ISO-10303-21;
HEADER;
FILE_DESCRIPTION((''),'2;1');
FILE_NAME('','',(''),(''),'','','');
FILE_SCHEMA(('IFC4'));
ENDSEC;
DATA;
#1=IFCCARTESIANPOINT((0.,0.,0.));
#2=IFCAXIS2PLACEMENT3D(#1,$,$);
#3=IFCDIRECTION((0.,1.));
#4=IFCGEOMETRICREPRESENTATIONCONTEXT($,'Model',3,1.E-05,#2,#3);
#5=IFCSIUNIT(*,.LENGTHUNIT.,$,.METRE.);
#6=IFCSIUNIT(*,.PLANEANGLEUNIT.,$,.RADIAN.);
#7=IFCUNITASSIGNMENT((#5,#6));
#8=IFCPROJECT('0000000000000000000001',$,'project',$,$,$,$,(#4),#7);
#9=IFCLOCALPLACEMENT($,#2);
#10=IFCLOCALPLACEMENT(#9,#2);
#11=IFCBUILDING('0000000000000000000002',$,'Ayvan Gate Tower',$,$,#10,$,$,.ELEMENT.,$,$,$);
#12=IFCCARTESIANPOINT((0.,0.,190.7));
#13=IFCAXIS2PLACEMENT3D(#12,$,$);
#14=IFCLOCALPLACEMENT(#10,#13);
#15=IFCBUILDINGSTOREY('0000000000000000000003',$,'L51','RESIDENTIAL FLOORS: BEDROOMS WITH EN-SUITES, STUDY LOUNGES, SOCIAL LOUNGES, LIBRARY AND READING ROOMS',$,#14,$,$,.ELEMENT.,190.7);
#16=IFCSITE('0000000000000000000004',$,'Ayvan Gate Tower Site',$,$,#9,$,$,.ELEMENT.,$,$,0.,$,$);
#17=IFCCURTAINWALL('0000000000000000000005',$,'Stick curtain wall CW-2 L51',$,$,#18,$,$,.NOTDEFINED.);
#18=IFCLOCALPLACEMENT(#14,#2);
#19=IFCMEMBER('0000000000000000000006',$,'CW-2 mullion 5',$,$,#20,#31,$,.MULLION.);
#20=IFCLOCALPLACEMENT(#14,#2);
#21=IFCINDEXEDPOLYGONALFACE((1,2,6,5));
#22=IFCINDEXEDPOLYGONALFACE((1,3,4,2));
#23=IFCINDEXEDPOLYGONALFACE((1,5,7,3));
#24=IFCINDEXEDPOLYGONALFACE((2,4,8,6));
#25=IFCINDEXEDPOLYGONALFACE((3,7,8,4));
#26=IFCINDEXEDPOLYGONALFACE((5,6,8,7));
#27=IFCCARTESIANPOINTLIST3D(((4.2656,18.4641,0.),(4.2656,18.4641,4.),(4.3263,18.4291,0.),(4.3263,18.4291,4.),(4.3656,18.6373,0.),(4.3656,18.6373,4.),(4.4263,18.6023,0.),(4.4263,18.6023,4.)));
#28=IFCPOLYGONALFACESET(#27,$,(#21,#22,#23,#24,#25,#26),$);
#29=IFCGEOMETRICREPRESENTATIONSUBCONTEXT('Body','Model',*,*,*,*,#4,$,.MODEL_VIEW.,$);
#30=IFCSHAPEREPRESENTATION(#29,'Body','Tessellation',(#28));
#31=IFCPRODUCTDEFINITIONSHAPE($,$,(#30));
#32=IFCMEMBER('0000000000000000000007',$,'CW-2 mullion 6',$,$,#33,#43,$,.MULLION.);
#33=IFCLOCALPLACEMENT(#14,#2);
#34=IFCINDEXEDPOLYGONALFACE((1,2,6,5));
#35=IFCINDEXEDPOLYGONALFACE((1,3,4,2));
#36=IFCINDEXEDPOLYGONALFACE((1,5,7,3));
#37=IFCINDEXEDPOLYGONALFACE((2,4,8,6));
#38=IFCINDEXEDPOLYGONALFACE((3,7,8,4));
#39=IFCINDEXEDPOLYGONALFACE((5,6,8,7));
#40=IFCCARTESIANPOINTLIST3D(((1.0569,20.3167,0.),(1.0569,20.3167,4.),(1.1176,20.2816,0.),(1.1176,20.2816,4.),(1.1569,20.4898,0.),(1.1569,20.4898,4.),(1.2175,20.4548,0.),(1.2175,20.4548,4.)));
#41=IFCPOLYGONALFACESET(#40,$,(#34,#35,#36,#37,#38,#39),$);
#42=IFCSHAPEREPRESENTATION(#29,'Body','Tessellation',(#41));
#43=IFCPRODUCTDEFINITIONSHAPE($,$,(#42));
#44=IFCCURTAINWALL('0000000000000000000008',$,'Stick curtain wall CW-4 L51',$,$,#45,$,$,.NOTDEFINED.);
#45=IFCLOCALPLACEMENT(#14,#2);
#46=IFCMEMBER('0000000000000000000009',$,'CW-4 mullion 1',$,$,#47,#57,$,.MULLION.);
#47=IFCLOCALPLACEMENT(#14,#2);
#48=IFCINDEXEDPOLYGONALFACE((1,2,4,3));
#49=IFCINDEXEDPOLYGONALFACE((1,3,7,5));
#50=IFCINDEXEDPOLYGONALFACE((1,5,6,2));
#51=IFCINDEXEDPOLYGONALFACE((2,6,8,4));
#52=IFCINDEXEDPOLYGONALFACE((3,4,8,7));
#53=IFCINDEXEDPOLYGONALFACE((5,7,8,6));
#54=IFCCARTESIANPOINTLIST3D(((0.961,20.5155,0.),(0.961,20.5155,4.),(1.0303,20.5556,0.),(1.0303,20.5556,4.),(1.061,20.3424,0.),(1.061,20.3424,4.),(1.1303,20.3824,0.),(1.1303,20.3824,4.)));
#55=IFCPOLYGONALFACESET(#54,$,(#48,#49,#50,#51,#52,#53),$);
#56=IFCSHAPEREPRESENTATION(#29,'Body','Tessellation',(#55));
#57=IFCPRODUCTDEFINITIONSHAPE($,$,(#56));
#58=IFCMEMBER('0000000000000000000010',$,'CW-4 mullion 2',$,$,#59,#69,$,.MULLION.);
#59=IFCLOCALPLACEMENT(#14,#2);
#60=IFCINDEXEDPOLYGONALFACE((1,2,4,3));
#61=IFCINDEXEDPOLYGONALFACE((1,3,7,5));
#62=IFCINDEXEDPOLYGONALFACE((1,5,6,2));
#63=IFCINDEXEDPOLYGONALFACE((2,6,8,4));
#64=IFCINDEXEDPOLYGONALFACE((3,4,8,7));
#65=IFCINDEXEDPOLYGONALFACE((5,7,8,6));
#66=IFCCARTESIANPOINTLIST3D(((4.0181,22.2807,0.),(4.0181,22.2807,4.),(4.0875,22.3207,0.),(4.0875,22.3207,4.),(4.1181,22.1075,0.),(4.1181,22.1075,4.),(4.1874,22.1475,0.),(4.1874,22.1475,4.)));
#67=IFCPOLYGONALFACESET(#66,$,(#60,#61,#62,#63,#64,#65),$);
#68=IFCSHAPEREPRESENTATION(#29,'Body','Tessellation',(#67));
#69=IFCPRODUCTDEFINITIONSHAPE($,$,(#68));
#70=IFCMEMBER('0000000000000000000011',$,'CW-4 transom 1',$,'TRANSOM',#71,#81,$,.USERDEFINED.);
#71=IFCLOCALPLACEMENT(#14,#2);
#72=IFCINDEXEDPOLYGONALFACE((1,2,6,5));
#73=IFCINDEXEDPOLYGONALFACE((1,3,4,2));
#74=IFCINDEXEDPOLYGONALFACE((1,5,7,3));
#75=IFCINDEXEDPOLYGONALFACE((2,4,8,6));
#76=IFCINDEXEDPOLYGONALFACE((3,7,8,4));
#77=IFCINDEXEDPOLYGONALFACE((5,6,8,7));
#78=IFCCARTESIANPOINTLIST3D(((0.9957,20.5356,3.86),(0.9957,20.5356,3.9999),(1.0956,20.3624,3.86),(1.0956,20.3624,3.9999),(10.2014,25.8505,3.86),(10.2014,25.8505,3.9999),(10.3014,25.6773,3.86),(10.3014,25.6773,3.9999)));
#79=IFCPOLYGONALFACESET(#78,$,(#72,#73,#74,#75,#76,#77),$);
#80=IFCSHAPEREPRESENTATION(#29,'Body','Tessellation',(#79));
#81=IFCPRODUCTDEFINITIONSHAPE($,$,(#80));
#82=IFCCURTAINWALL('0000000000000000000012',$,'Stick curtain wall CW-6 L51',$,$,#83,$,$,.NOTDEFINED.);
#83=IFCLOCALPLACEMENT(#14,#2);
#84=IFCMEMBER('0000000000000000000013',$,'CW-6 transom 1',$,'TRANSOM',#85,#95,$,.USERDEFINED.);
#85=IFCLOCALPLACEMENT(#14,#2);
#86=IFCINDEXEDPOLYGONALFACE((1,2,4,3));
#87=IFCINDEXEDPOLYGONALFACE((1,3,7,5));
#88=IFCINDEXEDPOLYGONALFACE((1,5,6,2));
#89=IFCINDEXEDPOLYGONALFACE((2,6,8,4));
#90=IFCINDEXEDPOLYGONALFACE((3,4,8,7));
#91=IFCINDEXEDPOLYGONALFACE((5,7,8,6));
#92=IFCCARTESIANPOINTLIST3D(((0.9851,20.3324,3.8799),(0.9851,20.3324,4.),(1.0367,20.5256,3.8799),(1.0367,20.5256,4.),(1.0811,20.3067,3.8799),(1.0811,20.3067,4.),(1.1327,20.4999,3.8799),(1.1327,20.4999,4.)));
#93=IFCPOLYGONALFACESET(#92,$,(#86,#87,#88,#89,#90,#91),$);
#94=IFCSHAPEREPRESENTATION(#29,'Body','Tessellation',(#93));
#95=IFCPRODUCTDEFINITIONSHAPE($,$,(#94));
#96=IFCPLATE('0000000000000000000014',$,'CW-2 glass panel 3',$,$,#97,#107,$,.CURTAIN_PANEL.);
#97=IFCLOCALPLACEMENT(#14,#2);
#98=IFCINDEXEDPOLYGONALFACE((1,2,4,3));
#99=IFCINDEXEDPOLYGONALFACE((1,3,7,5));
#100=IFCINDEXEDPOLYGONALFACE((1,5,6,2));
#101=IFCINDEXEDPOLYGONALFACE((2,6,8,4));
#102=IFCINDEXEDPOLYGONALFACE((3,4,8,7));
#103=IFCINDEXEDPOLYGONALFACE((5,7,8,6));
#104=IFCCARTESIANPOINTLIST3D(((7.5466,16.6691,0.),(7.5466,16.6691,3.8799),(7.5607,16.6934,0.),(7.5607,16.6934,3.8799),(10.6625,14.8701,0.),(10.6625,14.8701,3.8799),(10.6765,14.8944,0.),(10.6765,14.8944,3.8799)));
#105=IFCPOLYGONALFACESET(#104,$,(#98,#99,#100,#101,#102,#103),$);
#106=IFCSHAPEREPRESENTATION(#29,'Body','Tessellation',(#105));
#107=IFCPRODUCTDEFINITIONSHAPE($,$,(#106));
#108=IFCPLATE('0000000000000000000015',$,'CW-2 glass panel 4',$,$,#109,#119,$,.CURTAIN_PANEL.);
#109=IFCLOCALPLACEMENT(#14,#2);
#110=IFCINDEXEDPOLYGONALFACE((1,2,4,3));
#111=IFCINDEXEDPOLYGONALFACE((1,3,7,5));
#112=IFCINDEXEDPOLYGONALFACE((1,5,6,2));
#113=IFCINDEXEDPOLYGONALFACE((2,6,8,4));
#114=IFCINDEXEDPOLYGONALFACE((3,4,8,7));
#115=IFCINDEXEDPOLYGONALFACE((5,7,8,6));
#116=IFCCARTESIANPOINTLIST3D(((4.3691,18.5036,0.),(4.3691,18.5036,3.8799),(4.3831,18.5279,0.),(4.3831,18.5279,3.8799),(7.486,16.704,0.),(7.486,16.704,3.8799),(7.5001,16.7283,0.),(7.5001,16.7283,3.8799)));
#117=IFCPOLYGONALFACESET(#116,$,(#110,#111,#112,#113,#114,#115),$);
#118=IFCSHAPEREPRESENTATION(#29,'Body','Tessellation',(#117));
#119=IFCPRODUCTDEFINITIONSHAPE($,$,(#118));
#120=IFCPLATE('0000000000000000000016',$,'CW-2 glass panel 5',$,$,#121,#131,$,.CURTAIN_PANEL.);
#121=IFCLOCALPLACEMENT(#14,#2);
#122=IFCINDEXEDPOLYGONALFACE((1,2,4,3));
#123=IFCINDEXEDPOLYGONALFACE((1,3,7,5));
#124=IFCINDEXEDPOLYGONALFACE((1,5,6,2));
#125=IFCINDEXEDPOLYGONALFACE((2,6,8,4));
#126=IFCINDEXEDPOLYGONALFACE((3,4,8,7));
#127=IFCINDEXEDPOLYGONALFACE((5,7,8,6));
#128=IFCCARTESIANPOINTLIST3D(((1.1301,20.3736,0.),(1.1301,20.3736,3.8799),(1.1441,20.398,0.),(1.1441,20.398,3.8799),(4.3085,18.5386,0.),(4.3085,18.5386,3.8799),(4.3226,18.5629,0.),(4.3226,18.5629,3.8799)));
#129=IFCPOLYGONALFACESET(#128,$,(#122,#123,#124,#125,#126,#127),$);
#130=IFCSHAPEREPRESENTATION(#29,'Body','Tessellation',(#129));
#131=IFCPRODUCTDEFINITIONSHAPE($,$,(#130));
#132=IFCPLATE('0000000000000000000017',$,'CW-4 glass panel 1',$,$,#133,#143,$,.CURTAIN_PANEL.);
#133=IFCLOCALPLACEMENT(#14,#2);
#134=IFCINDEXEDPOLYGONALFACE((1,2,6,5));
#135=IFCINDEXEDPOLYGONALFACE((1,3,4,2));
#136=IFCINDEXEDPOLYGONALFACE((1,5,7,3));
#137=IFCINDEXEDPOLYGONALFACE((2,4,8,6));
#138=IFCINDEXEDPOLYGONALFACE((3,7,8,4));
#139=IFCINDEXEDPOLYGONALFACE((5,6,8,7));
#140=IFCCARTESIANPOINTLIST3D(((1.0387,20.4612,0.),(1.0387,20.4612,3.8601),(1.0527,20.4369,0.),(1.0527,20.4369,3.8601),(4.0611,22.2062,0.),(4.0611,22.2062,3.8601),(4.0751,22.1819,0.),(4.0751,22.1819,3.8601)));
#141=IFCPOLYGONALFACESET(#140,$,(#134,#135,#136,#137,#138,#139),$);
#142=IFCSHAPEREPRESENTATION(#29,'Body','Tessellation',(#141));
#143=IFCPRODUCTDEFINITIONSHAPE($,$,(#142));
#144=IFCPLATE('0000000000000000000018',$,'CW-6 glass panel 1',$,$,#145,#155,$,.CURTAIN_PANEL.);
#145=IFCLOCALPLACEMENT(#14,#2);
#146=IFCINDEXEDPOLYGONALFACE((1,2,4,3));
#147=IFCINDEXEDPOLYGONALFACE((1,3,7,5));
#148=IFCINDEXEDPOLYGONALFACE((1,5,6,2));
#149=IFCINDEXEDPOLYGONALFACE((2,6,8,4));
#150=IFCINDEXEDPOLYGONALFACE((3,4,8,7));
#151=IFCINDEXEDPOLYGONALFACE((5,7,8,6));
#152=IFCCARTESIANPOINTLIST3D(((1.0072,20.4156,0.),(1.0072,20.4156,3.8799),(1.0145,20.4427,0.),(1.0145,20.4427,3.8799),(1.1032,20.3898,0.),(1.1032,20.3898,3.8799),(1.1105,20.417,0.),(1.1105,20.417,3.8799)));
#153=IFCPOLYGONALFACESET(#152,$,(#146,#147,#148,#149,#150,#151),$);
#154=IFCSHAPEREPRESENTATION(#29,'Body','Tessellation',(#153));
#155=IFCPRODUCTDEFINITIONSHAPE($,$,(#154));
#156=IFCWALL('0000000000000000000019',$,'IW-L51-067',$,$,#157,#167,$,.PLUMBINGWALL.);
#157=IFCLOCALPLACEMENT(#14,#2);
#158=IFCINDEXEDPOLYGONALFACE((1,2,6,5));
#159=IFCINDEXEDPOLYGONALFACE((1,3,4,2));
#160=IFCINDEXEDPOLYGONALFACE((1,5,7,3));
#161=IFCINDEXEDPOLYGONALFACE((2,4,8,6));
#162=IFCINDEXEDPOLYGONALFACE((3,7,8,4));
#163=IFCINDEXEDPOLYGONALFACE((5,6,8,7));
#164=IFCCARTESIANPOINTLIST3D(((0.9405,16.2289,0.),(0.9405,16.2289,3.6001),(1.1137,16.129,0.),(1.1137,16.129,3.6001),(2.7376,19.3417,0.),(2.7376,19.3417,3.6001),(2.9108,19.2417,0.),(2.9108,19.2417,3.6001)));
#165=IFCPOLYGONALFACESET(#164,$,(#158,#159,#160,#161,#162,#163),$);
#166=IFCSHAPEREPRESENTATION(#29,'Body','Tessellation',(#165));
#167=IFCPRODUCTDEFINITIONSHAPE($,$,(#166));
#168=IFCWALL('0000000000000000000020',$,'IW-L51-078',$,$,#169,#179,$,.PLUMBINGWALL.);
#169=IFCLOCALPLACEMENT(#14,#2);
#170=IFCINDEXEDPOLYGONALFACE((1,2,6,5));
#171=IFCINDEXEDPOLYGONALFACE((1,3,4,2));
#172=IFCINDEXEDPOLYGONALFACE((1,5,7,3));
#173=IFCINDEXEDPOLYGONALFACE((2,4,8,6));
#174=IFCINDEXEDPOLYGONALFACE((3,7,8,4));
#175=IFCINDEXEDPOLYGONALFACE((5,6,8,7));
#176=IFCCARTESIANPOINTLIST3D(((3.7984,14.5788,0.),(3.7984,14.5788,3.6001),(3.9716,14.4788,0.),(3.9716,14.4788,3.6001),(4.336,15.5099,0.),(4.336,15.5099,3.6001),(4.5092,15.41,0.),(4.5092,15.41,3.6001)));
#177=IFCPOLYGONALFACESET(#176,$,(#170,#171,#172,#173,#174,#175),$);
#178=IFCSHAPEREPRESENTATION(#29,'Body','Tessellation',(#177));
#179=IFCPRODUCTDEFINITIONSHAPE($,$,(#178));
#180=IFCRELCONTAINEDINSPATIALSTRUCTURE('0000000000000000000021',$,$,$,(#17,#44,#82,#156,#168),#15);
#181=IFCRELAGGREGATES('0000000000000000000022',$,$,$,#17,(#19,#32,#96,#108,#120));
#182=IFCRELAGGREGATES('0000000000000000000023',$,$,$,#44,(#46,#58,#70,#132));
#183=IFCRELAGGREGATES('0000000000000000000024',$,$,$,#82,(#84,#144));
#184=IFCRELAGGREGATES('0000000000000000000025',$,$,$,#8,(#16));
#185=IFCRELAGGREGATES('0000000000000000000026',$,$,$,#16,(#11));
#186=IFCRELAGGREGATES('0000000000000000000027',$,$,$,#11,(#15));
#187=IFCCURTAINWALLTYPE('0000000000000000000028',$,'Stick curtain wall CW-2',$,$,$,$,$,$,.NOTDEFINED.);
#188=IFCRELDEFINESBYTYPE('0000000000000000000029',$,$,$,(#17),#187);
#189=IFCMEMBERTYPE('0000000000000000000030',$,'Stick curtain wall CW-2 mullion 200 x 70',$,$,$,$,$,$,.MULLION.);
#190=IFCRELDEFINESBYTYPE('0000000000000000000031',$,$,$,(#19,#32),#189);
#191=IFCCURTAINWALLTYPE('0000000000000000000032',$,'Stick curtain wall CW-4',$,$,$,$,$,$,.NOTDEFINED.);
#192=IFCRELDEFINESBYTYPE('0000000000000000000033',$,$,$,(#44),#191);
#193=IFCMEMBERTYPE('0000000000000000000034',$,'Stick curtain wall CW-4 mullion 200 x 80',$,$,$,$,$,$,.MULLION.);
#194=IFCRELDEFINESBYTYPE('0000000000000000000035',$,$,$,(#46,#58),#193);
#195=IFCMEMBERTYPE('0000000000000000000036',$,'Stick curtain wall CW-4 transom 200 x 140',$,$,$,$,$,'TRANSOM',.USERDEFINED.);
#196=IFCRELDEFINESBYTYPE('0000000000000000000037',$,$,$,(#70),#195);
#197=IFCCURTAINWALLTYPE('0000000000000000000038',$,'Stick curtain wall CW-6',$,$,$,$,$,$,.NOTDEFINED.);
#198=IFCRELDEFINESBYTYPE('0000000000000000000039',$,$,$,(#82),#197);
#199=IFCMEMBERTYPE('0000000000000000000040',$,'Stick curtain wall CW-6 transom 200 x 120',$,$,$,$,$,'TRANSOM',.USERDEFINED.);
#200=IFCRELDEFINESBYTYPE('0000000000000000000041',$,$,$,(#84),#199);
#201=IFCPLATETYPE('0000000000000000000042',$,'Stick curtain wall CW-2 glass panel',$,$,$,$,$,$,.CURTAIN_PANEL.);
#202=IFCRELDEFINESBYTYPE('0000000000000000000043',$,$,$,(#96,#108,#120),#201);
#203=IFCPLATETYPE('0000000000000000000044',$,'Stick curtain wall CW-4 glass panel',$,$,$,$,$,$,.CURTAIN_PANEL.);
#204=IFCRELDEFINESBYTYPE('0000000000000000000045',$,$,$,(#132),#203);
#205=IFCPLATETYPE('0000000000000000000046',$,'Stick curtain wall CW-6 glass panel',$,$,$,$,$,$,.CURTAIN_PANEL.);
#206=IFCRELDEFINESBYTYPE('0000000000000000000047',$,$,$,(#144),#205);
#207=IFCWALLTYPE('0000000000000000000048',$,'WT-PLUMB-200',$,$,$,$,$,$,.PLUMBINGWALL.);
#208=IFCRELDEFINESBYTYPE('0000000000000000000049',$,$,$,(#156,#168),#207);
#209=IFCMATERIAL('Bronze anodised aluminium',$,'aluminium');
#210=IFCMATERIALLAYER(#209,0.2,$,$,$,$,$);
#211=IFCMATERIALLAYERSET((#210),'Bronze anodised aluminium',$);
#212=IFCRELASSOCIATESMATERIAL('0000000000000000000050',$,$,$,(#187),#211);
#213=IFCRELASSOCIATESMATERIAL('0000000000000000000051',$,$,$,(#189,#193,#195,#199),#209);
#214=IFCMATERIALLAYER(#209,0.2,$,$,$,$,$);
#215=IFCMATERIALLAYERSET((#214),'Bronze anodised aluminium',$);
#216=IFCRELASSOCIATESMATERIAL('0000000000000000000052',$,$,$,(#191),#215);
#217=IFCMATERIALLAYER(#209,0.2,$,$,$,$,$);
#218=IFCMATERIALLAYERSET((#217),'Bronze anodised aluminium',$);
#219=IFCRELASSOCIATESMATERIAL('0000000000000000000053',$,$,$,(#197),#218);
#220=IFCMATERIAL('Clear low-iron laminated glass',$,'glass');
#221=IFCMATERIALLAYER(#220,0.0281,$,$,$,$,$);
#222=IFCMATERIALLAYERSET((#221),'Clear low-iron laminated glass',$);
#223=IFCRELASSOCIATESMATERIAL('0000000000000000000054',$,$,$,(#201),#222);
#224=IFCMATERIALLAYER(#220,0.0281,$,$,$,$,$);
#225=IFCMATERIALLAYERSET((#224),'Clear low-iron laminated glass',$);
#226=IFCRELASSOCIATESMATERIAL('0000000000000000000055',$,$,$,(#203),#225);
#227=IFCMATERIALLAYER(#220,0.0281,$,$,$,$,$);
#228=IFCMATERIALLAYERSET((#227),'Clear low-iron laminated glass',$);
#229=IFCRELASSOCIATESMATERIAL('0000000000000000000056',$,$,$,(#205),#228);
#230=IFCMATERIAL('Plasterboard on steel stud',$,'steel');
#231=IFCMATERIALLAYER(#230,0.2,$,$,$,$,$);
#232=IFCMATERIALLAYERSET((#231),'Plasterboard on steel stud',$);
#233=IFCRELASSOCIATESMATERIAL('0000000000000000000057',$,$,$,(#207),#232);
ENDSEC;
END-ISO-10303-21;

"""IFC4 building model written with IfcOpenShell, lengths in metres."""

from ifc_helpers import new_model, si_unit, direction, frame, frame_2d, origin, origin_2d, place, context, subcontext, project, spatial, rectangle, extrude, material, layer, layer_set, material_profile, profile_set, type_object, element, aggregate, save


model = new_model("IFC4")

# Units and contexts
model_context = context("Model", 3, precision=1e-05, world=origin(), true_north=direction((0.0, 1.0)))
body_context = subcontext(model_context, "Body", "Model", "MODEL_VIEW")
ifc_project = project(units=[si_unit("LENGTHUNIT", "METRE"), si_unit("PLANEANGLEUNIT", "RADIAN")], contexts=[model_context])

# Site, building, storey
site_placement = place(None, origin())
site = spatial("IfcSite", under=ifc_project, at=site_placement, Name="Ayvan Gate Tower Site", CompositionType="ELEMENT", RefElevation=0.0)
building_placement = place(site_placement, origin())
building = spatial("IfcBuilding", under=site, at=building_placement, Name="Ayvan Gate Tower", CompositionType="ELEMENT")
storey_placement = place(building_placement, frame((0.0, 0.0, 190.7)))
storey = spatial("IfcBuildingStorey", under=building, at=storey_placement, Name="L51", Description="RESIDENTIAL FLOORS: BEDROOMS WITH EN-SUITES, STUDY LOUNGES, SOCIAL LOUNGES, LIBRARY AND READING ROOMS", CompositionType="ELEMENT", Elevation=190.7)

# Curtain walls, members
ifc_material_1 = material(Name="Bronze anodised aluminium", Category="aluminium")
ifc_layer_1 = layer(ifc_material_1, 0.2)
ifc_layer_set_1 = layer_set([ifc_layer_1], Name="Bronze anodised aluminium")
curtain_wall_type_1 = type_object("IfcCurtainWallType", Name="Stick curtain wall CW-2", PredefinedType="NOTDEFINED", material=ifc_layer_set_1)
curtain_wall_1_placement = place(storey_placement, origin())
curtain_wall_1 = element("IfcCurtainWall", 1, at=curtain_wall_1_placement, inside=storey, type_object=curtain_wall_type_1, Name="Stick curtain wall CW-2 L51", PredefinedType="NOTDEFINED")
ifc_material_profile_1 = material_profile(ifc_material_1, rectangle(XDim=0.2, YDim=0.0701, at=origin_2d()), Name="Stick curtain wall CW-2 mullion 200 x 70")
ifc_profile_set_1 = profile_set([ifc_material_profile_1], Name="Bronze anodised aluminium")
member_type_1 = type_object("IfcMemberType", Name="Stick curtain wall CW-2 mullion 200 x 70", PredefinedType="MULLION", material=ifc_profile_set_1)
member_1_placement = place(storey_placement, frame((4.3459, 18.5332, 0.0), z_axis=(0.0, 0.0, 1.0), x_axis=(0.5, 0.866025, 0.0)))
member_1 = element("IfcMember", 2, at=member_1_placement, type_object=member_type_1, Name="CW-2 mullion 5", PredefinedType="MULLION", context=body_context, shape_type="SweptSolid", body=[
    extrude(rectangle(XDim=0.2, YDim=0.0701, at=origin_2d()), origin(), (0.0, 0.0, 1.0), 4.0),
])
member_2_placement = place(storey_placement, frame((1.1372, 20.3857, 0.0), z_axis=(0.0, 0.0, 1.0), x_axis=(0.5, 0.866025, 0.0)))
member_2 = element("IfcMember", 3, at=member_2_placement, type_object=member_type_1, Name="CW-2 mullion 6", PredefinedType="MULLION", context=body_context, shape_type="SweptSolid", body=[
    extrude(rectangle(XDim=0.2, YDim=0.0701, at=origin_2d()), origin(), (0.0, 0.0, 1.0), 4.0),
])
ifc_layer_2 = layer(ifc_material_1, 0.2)
ifc_layer_set_2 = layer_set([ifc_layer_2], Name="Bronze anodised aluminium")
curtain_wall_type_2 = type_object("IfcCurtainWallType", Name="Stick curtain wall CW-4", PredefinedType="NOTDEFINED", material=ifc_layer_set_2)
curtain_wall_2_placement = place(storey_placement, origin())
curtain_wall_2 = element("IfcCurtainWall", 4, at=curtain_wall_2_placement, inside=storey, type_object=curtain_wall_type_2, Name="Stick curtain wall CW-4 L51", PredefinedType="NOTDEFINED")
ifc_material_profile_2 = material_profile(ifc_material_1, rectangle(XDim=0.2, YDim=0.0801, at=origin_2d()), Name="Stick curtain wall CW-4 mullion 200 x 80")
ifc_profile_set_2 = profile_set([ifc_material_profile_2], Name="Bronze anodised aluminium")
member_type_2 = type_object("IfcMemberType", Name="Stick curtain wall CW-4 mullion 200 x 80", PredefinedType="MULLION", material=ifc_profile_set_2)
member_3_placement = place(storey_placement, frame((1.0457, 20.449, 0.0), z_axis=(0.0, 0.0, 1.0), x_axis=(0.5, -0.866025, 0.0)))
member_3 = element("IfcMember", 5, at=member_3_placement, type_object=member_type_2, Name="CW-4 mullion 1", PredefinedType="MULLION", context=body_context, shape_type="SweptSolid", body=[
    extrude(rectangle(XDim=0.2, YDim=0.0801, at=origin_2d()), origin(), (0.0, 0.0, 1.0), 4.0),
])
member_4_placement = place(storey_placement, frame((4.1028, 22.2141, 0.0), z_axis=(0.0, 0.0, 1.0), x_axis=(0.5, -0.866025, 0.0)))
member_4 = element("IfcMember", 6, at=member_4_placement, type_object=member_type_2, Name="CW-4 mullion 2", PredefinedType="MULLION", context=body_context, shape_type="SweptSolid", body=[
    extrude(rectangle(XDim=0.2, YDim=0.0801, at=origin_2d()), origin(), (0.0, 0.0, 1.0), 4.0),
])
ifc_material_profile_3 = material_profile(ifc_material_1, rectangle(XDim=0.2, YDim=0.1399, at=origin_2d()), Name="Stick curtain wall CW-4 transom 200 x 140")
ifc_profile_set_3 = profile_set([ifc_material_profile_3], Name="Bronze anodised aluminium")
member_type_3 = type_object("IfcMemberType", Name="Stick curtain wall CW-4 transom 200 x 140", ElementType="TRANSOM", PredefinedType="USERDEFINED", material=ifc_profile_set_3)
member_5_placement = place(storey_placement, frame((1.0457, 20.449, 3.9299), z_axis=(0.866027, 0.499997, 0.0), x_axis=(-0.499997, 0.866027, 0.0)))
member_5 = element("IfcMember", 7, at=member_5_placement, type_object=member_type_3, Name="CW-4 transom 1", ObjectType="TRANSOM", PredefinedType="USERDEFINED", context=body_context, shape_type="SweptSolid", body=[
    extrude(rectangle(XDim=0.2, YDim=0.1399, at=origin_2d()), origin(), (0.0, 0.0, 1.0), 10.6299),
])

# Curtain wall, member
ifc_layer_3 = layer(ifc_material_1, 0.2)
ifc_layer_set_3 = layer_set([ifc_layer_3], Name="Bronze anodised aluminium")
curtain_wall_type_3 = type_object("IfcCurtainWallType", Name="Stick curtain wall CW-6", PredefinedType="NOTDEFINED", material=ifc_layer_set_3)
curtain_wall_3_placement = place(storey_placement, origin())
curtain_wall_3 = element("IfcCurtainWall", 8, at=curtain_wall_3_placement, inside=storey, type_object=curtain_wall_type_3, Name="Stick curtain wall CW-6 L51", PredefinedType="NOTDEFINED")
ifc_material_profile_4 = material_profile(ifc_material_1, rectangle(XDim=0.2, YDim=0.1201, at=origin_2d()), Name="Stick curtain wall CW-6 transom 200 x 120")
ifc_profile_set_4 = profile_set([ifc_material_profile_4], Name="Bronze anodised aluminium")
member_type_4 = type_object("IfcMemberType", Name="Stick curtain wall CW-6 transom 200 x 120", ElementType="TRANSOM", PredefinedType="USERDEFINED", material=ifc_profile_set_4)
member_6_placement = place(storey_placement, frame((1.1069, 20.4033, 3.9399), z_axis=(-0.966112, 0.258122, 0.0), x_axis=(-0.258122, -0.966112, 0.0)))
member_6 = element("IfcMember", 9, at=member_6_placement, type_object=member_type_4, Name="CW-6 transom 1", ObjectType="TRANSOM", PredefinedType="USERDEFINED", context=body_context, shape_type="SweptSolid", body=[
    extrude(rectangle(XDim=0.2, YDim=0.1201, at=origin_2d()), origin(), (0.0, 0.0, 1.0), 0.0994),
])

# Plates
ifc_material_2 = material(Name="Clear low-iron laminated glass", Category="glass")
ifc_layer_4 = layer(ifc_material_2, 0.0281)
ifc_layer_set_4 = layer_set([ifc_layer_4], Name="Clear low-iron laminated glass")
plate_type_1 = type_object("IfcPlateType", Name="Stick curtain wall CW-2 glass panel", PredefinedType="CURTAIN_PANEL", material=ifc_layer_set_4)
plate_1_placement = place(storey_placement, frame((9.1116, 15.7817, 0.0), z_axis=(0.0, 0.0, 1.0), x_axis=(-0.866025, 0.5, 0.0)))
plate_1 = element("IfcPlate", 10, at=plate_1_placement, type_object=plate_type_1, Name="CW-2 glass panel 3", PredefinedType="CURTAIN_PANEL", context=body_context, shape_type="SweptSolid", body=[
    extrude(rectangle(XDim=3.5979, YDim=0.0281, at=origin_2d()), origin(), (0.0, 0.0, 1.0), 3.8799),
])
plate_2_placement = place(storey_placement, frame((5.9346, 17.616, 0.0), z_axis=(0.0, 0.0, 1.0), x_axis=(-0.866025, 0.5, 0.0)))
plate_2 = element("IfcPlate", 11, at=plate_2_placement, type_object=plate_type_1, Name="CW-2 glass panel 4", PredefinedType="CURTAIN_PANEL", context=body_context, shape_type="SweptSolid", body=[
    extrude(rectangle(XDim=3.5991, YDim=0.0281, at=origin_2d()), origin(), (0.0, 0.0, 1.0), 3.8799),
])
plate_3_placement = place(storey_placement, frame((2.7263, 19.4683, 0.0), z_axis=(0.0, 0.0, 1.0), x_axis=(-0.866025, 0.5, 0.0)))
plate_3 = element("IfcPlate", 12, at=plate_3_placement, type_object=plate_type_1, Name="CW-2 glass panel 5", PredefinedType="CURTAIN_PANEL", context=body_context, shape_type="SweptSolid", body=[
    extrude(rectangle(XDim=3.6702, YDim=0.0281, at=origin_2d()), origin(), (0.0, 0.0, 1.0), 3.8799),
])
aggregate(curtain_wall_1, [member_1, member_2, plate_1, plate_2, plate_3])
ifc_layer_5 = layer(ifc_material_2, 0.0281)
ifc_layer_set_5 = layer_set([ifc_layer_5], Name="Clear low-iron laminated glass")
plate_type_2 = type_object("IfcPlateType", Name="Stick curtain wall CW-4 glass panel", PredefinedType="CURTAIN_PANEL", material=ifc_layer_set_5)
plate_4_placement = place(storey_placement, frame((2.5569, 21.3215, 0.0), z_axis=(0.0, 0.0, 1.0), x_axis=(0.866025, 0.5, 0.0)))
plate_4 = element("IfcPlate", 13, at=plate_4_placement, type_object=plate_type_2, Name="CW-4 glass panel 1", PredefinedType="CURTAIN_PANEL", context=body_context, shape_type="SweptSolid", body=[
    extrude(rectangle(XDim=3.49, YDim=0.0281, at=origin_2d()), origin(), (0.0, 0.0, 1.0), 3.8601),
])
aggregate(curtain_wall_2, [member_3, member_4, member_5, plate_4])
ifc_layer_6 = layer(ifc_material_2, 0.0281)
ifc_layer_set_6 = layer_set([ifc_layer_6], Name="Clear low-iron laminated glass")
plate_type_3 = type_object("IfcPlateType", Name="Stick curtain wall CW-6 glass panel", PredefinedType="CURTAIN_PANEL", material=ifc_layer_set_6)
plate_5_placement = place(storey_placement, frame((1.0588, 20.4163, 0.0), z_axis=(0.0, 0.0, 1.0), x_axis=(-0.965926, 0.258819, 0.0)))
plate_5 = element("IfcPlate", 14, at=plate_5_placement, type_object=plate_type_3, Name="CW-6 glass panel 1", PredefinedType="CURTAIN_PANEL", context=body_context, shape_type="SweptSolid", body=[
    extrude(rectangle(XDim=0.0994, YDim=0.0281, at=origin_2d()), origin(), (0.0, 0.0, 1.0), 3.8799),
])
aggregate(curtain_wall_3, [member_6, plate_5])

# Walls
ifc_material_3 = material(Name="Plasterboard on steel stud", Category="steel")
ifc_layer_7 = layer(ifc_material_3, 0.2)
ifc_layer_set_7 = layer_set([ifc_layer_7], Name="Plasterboard on steel stud")
wall_type_1 = type_object("IfcWallType", Name="WT-PLUMB-200", PredefinedType="PLUMBINGWALL", material=ifc_layer_set_7)
wall_1_placement = place(storey_placement, frame((1.0271, 16.179, 0.0), z_axis=(0.0, 0.0, 1.0), x_axis=(0.499989, 0.866032, 0.0)))
element("IfcWall", 15, at=wall_1_placement, inside=storey, type_object=wall_type_1, Name="IW-L51-067", PredefinedType="PLUMBINGWALL", context=body_context, shape_type="SweptSolid", body=[
    extrude(rectangle(XDim=3.5942, YDim=0.2, at=frame_2d((1.7971, 0.0))), origin(), (0.0, 0.0, 1.0), 3.6001),
])
wall_2_placement = place(storey_placement, frame((3.885, 14.5288, 0.0), z_axis=(0.0, 0.0, 1.0), x_axis=(0.499998, 0.866027, 0.0)))
element("IfcWall", 16, at=wall_2_placement, inside=storey, type_object=wall_type_1, Name="IW-L51-078", PredefinedType="PLUMBINGWALL", context=body_context, shape_type="SweptSolid", body=[
    extrude(rectangle(XDim=1.0752, YDim=0.2, at=frame_2d((0.5376, 0.0))), origin(), (0.0, 0.0, 1.0), 3.6001),
])

save(model, "model.ifc")
